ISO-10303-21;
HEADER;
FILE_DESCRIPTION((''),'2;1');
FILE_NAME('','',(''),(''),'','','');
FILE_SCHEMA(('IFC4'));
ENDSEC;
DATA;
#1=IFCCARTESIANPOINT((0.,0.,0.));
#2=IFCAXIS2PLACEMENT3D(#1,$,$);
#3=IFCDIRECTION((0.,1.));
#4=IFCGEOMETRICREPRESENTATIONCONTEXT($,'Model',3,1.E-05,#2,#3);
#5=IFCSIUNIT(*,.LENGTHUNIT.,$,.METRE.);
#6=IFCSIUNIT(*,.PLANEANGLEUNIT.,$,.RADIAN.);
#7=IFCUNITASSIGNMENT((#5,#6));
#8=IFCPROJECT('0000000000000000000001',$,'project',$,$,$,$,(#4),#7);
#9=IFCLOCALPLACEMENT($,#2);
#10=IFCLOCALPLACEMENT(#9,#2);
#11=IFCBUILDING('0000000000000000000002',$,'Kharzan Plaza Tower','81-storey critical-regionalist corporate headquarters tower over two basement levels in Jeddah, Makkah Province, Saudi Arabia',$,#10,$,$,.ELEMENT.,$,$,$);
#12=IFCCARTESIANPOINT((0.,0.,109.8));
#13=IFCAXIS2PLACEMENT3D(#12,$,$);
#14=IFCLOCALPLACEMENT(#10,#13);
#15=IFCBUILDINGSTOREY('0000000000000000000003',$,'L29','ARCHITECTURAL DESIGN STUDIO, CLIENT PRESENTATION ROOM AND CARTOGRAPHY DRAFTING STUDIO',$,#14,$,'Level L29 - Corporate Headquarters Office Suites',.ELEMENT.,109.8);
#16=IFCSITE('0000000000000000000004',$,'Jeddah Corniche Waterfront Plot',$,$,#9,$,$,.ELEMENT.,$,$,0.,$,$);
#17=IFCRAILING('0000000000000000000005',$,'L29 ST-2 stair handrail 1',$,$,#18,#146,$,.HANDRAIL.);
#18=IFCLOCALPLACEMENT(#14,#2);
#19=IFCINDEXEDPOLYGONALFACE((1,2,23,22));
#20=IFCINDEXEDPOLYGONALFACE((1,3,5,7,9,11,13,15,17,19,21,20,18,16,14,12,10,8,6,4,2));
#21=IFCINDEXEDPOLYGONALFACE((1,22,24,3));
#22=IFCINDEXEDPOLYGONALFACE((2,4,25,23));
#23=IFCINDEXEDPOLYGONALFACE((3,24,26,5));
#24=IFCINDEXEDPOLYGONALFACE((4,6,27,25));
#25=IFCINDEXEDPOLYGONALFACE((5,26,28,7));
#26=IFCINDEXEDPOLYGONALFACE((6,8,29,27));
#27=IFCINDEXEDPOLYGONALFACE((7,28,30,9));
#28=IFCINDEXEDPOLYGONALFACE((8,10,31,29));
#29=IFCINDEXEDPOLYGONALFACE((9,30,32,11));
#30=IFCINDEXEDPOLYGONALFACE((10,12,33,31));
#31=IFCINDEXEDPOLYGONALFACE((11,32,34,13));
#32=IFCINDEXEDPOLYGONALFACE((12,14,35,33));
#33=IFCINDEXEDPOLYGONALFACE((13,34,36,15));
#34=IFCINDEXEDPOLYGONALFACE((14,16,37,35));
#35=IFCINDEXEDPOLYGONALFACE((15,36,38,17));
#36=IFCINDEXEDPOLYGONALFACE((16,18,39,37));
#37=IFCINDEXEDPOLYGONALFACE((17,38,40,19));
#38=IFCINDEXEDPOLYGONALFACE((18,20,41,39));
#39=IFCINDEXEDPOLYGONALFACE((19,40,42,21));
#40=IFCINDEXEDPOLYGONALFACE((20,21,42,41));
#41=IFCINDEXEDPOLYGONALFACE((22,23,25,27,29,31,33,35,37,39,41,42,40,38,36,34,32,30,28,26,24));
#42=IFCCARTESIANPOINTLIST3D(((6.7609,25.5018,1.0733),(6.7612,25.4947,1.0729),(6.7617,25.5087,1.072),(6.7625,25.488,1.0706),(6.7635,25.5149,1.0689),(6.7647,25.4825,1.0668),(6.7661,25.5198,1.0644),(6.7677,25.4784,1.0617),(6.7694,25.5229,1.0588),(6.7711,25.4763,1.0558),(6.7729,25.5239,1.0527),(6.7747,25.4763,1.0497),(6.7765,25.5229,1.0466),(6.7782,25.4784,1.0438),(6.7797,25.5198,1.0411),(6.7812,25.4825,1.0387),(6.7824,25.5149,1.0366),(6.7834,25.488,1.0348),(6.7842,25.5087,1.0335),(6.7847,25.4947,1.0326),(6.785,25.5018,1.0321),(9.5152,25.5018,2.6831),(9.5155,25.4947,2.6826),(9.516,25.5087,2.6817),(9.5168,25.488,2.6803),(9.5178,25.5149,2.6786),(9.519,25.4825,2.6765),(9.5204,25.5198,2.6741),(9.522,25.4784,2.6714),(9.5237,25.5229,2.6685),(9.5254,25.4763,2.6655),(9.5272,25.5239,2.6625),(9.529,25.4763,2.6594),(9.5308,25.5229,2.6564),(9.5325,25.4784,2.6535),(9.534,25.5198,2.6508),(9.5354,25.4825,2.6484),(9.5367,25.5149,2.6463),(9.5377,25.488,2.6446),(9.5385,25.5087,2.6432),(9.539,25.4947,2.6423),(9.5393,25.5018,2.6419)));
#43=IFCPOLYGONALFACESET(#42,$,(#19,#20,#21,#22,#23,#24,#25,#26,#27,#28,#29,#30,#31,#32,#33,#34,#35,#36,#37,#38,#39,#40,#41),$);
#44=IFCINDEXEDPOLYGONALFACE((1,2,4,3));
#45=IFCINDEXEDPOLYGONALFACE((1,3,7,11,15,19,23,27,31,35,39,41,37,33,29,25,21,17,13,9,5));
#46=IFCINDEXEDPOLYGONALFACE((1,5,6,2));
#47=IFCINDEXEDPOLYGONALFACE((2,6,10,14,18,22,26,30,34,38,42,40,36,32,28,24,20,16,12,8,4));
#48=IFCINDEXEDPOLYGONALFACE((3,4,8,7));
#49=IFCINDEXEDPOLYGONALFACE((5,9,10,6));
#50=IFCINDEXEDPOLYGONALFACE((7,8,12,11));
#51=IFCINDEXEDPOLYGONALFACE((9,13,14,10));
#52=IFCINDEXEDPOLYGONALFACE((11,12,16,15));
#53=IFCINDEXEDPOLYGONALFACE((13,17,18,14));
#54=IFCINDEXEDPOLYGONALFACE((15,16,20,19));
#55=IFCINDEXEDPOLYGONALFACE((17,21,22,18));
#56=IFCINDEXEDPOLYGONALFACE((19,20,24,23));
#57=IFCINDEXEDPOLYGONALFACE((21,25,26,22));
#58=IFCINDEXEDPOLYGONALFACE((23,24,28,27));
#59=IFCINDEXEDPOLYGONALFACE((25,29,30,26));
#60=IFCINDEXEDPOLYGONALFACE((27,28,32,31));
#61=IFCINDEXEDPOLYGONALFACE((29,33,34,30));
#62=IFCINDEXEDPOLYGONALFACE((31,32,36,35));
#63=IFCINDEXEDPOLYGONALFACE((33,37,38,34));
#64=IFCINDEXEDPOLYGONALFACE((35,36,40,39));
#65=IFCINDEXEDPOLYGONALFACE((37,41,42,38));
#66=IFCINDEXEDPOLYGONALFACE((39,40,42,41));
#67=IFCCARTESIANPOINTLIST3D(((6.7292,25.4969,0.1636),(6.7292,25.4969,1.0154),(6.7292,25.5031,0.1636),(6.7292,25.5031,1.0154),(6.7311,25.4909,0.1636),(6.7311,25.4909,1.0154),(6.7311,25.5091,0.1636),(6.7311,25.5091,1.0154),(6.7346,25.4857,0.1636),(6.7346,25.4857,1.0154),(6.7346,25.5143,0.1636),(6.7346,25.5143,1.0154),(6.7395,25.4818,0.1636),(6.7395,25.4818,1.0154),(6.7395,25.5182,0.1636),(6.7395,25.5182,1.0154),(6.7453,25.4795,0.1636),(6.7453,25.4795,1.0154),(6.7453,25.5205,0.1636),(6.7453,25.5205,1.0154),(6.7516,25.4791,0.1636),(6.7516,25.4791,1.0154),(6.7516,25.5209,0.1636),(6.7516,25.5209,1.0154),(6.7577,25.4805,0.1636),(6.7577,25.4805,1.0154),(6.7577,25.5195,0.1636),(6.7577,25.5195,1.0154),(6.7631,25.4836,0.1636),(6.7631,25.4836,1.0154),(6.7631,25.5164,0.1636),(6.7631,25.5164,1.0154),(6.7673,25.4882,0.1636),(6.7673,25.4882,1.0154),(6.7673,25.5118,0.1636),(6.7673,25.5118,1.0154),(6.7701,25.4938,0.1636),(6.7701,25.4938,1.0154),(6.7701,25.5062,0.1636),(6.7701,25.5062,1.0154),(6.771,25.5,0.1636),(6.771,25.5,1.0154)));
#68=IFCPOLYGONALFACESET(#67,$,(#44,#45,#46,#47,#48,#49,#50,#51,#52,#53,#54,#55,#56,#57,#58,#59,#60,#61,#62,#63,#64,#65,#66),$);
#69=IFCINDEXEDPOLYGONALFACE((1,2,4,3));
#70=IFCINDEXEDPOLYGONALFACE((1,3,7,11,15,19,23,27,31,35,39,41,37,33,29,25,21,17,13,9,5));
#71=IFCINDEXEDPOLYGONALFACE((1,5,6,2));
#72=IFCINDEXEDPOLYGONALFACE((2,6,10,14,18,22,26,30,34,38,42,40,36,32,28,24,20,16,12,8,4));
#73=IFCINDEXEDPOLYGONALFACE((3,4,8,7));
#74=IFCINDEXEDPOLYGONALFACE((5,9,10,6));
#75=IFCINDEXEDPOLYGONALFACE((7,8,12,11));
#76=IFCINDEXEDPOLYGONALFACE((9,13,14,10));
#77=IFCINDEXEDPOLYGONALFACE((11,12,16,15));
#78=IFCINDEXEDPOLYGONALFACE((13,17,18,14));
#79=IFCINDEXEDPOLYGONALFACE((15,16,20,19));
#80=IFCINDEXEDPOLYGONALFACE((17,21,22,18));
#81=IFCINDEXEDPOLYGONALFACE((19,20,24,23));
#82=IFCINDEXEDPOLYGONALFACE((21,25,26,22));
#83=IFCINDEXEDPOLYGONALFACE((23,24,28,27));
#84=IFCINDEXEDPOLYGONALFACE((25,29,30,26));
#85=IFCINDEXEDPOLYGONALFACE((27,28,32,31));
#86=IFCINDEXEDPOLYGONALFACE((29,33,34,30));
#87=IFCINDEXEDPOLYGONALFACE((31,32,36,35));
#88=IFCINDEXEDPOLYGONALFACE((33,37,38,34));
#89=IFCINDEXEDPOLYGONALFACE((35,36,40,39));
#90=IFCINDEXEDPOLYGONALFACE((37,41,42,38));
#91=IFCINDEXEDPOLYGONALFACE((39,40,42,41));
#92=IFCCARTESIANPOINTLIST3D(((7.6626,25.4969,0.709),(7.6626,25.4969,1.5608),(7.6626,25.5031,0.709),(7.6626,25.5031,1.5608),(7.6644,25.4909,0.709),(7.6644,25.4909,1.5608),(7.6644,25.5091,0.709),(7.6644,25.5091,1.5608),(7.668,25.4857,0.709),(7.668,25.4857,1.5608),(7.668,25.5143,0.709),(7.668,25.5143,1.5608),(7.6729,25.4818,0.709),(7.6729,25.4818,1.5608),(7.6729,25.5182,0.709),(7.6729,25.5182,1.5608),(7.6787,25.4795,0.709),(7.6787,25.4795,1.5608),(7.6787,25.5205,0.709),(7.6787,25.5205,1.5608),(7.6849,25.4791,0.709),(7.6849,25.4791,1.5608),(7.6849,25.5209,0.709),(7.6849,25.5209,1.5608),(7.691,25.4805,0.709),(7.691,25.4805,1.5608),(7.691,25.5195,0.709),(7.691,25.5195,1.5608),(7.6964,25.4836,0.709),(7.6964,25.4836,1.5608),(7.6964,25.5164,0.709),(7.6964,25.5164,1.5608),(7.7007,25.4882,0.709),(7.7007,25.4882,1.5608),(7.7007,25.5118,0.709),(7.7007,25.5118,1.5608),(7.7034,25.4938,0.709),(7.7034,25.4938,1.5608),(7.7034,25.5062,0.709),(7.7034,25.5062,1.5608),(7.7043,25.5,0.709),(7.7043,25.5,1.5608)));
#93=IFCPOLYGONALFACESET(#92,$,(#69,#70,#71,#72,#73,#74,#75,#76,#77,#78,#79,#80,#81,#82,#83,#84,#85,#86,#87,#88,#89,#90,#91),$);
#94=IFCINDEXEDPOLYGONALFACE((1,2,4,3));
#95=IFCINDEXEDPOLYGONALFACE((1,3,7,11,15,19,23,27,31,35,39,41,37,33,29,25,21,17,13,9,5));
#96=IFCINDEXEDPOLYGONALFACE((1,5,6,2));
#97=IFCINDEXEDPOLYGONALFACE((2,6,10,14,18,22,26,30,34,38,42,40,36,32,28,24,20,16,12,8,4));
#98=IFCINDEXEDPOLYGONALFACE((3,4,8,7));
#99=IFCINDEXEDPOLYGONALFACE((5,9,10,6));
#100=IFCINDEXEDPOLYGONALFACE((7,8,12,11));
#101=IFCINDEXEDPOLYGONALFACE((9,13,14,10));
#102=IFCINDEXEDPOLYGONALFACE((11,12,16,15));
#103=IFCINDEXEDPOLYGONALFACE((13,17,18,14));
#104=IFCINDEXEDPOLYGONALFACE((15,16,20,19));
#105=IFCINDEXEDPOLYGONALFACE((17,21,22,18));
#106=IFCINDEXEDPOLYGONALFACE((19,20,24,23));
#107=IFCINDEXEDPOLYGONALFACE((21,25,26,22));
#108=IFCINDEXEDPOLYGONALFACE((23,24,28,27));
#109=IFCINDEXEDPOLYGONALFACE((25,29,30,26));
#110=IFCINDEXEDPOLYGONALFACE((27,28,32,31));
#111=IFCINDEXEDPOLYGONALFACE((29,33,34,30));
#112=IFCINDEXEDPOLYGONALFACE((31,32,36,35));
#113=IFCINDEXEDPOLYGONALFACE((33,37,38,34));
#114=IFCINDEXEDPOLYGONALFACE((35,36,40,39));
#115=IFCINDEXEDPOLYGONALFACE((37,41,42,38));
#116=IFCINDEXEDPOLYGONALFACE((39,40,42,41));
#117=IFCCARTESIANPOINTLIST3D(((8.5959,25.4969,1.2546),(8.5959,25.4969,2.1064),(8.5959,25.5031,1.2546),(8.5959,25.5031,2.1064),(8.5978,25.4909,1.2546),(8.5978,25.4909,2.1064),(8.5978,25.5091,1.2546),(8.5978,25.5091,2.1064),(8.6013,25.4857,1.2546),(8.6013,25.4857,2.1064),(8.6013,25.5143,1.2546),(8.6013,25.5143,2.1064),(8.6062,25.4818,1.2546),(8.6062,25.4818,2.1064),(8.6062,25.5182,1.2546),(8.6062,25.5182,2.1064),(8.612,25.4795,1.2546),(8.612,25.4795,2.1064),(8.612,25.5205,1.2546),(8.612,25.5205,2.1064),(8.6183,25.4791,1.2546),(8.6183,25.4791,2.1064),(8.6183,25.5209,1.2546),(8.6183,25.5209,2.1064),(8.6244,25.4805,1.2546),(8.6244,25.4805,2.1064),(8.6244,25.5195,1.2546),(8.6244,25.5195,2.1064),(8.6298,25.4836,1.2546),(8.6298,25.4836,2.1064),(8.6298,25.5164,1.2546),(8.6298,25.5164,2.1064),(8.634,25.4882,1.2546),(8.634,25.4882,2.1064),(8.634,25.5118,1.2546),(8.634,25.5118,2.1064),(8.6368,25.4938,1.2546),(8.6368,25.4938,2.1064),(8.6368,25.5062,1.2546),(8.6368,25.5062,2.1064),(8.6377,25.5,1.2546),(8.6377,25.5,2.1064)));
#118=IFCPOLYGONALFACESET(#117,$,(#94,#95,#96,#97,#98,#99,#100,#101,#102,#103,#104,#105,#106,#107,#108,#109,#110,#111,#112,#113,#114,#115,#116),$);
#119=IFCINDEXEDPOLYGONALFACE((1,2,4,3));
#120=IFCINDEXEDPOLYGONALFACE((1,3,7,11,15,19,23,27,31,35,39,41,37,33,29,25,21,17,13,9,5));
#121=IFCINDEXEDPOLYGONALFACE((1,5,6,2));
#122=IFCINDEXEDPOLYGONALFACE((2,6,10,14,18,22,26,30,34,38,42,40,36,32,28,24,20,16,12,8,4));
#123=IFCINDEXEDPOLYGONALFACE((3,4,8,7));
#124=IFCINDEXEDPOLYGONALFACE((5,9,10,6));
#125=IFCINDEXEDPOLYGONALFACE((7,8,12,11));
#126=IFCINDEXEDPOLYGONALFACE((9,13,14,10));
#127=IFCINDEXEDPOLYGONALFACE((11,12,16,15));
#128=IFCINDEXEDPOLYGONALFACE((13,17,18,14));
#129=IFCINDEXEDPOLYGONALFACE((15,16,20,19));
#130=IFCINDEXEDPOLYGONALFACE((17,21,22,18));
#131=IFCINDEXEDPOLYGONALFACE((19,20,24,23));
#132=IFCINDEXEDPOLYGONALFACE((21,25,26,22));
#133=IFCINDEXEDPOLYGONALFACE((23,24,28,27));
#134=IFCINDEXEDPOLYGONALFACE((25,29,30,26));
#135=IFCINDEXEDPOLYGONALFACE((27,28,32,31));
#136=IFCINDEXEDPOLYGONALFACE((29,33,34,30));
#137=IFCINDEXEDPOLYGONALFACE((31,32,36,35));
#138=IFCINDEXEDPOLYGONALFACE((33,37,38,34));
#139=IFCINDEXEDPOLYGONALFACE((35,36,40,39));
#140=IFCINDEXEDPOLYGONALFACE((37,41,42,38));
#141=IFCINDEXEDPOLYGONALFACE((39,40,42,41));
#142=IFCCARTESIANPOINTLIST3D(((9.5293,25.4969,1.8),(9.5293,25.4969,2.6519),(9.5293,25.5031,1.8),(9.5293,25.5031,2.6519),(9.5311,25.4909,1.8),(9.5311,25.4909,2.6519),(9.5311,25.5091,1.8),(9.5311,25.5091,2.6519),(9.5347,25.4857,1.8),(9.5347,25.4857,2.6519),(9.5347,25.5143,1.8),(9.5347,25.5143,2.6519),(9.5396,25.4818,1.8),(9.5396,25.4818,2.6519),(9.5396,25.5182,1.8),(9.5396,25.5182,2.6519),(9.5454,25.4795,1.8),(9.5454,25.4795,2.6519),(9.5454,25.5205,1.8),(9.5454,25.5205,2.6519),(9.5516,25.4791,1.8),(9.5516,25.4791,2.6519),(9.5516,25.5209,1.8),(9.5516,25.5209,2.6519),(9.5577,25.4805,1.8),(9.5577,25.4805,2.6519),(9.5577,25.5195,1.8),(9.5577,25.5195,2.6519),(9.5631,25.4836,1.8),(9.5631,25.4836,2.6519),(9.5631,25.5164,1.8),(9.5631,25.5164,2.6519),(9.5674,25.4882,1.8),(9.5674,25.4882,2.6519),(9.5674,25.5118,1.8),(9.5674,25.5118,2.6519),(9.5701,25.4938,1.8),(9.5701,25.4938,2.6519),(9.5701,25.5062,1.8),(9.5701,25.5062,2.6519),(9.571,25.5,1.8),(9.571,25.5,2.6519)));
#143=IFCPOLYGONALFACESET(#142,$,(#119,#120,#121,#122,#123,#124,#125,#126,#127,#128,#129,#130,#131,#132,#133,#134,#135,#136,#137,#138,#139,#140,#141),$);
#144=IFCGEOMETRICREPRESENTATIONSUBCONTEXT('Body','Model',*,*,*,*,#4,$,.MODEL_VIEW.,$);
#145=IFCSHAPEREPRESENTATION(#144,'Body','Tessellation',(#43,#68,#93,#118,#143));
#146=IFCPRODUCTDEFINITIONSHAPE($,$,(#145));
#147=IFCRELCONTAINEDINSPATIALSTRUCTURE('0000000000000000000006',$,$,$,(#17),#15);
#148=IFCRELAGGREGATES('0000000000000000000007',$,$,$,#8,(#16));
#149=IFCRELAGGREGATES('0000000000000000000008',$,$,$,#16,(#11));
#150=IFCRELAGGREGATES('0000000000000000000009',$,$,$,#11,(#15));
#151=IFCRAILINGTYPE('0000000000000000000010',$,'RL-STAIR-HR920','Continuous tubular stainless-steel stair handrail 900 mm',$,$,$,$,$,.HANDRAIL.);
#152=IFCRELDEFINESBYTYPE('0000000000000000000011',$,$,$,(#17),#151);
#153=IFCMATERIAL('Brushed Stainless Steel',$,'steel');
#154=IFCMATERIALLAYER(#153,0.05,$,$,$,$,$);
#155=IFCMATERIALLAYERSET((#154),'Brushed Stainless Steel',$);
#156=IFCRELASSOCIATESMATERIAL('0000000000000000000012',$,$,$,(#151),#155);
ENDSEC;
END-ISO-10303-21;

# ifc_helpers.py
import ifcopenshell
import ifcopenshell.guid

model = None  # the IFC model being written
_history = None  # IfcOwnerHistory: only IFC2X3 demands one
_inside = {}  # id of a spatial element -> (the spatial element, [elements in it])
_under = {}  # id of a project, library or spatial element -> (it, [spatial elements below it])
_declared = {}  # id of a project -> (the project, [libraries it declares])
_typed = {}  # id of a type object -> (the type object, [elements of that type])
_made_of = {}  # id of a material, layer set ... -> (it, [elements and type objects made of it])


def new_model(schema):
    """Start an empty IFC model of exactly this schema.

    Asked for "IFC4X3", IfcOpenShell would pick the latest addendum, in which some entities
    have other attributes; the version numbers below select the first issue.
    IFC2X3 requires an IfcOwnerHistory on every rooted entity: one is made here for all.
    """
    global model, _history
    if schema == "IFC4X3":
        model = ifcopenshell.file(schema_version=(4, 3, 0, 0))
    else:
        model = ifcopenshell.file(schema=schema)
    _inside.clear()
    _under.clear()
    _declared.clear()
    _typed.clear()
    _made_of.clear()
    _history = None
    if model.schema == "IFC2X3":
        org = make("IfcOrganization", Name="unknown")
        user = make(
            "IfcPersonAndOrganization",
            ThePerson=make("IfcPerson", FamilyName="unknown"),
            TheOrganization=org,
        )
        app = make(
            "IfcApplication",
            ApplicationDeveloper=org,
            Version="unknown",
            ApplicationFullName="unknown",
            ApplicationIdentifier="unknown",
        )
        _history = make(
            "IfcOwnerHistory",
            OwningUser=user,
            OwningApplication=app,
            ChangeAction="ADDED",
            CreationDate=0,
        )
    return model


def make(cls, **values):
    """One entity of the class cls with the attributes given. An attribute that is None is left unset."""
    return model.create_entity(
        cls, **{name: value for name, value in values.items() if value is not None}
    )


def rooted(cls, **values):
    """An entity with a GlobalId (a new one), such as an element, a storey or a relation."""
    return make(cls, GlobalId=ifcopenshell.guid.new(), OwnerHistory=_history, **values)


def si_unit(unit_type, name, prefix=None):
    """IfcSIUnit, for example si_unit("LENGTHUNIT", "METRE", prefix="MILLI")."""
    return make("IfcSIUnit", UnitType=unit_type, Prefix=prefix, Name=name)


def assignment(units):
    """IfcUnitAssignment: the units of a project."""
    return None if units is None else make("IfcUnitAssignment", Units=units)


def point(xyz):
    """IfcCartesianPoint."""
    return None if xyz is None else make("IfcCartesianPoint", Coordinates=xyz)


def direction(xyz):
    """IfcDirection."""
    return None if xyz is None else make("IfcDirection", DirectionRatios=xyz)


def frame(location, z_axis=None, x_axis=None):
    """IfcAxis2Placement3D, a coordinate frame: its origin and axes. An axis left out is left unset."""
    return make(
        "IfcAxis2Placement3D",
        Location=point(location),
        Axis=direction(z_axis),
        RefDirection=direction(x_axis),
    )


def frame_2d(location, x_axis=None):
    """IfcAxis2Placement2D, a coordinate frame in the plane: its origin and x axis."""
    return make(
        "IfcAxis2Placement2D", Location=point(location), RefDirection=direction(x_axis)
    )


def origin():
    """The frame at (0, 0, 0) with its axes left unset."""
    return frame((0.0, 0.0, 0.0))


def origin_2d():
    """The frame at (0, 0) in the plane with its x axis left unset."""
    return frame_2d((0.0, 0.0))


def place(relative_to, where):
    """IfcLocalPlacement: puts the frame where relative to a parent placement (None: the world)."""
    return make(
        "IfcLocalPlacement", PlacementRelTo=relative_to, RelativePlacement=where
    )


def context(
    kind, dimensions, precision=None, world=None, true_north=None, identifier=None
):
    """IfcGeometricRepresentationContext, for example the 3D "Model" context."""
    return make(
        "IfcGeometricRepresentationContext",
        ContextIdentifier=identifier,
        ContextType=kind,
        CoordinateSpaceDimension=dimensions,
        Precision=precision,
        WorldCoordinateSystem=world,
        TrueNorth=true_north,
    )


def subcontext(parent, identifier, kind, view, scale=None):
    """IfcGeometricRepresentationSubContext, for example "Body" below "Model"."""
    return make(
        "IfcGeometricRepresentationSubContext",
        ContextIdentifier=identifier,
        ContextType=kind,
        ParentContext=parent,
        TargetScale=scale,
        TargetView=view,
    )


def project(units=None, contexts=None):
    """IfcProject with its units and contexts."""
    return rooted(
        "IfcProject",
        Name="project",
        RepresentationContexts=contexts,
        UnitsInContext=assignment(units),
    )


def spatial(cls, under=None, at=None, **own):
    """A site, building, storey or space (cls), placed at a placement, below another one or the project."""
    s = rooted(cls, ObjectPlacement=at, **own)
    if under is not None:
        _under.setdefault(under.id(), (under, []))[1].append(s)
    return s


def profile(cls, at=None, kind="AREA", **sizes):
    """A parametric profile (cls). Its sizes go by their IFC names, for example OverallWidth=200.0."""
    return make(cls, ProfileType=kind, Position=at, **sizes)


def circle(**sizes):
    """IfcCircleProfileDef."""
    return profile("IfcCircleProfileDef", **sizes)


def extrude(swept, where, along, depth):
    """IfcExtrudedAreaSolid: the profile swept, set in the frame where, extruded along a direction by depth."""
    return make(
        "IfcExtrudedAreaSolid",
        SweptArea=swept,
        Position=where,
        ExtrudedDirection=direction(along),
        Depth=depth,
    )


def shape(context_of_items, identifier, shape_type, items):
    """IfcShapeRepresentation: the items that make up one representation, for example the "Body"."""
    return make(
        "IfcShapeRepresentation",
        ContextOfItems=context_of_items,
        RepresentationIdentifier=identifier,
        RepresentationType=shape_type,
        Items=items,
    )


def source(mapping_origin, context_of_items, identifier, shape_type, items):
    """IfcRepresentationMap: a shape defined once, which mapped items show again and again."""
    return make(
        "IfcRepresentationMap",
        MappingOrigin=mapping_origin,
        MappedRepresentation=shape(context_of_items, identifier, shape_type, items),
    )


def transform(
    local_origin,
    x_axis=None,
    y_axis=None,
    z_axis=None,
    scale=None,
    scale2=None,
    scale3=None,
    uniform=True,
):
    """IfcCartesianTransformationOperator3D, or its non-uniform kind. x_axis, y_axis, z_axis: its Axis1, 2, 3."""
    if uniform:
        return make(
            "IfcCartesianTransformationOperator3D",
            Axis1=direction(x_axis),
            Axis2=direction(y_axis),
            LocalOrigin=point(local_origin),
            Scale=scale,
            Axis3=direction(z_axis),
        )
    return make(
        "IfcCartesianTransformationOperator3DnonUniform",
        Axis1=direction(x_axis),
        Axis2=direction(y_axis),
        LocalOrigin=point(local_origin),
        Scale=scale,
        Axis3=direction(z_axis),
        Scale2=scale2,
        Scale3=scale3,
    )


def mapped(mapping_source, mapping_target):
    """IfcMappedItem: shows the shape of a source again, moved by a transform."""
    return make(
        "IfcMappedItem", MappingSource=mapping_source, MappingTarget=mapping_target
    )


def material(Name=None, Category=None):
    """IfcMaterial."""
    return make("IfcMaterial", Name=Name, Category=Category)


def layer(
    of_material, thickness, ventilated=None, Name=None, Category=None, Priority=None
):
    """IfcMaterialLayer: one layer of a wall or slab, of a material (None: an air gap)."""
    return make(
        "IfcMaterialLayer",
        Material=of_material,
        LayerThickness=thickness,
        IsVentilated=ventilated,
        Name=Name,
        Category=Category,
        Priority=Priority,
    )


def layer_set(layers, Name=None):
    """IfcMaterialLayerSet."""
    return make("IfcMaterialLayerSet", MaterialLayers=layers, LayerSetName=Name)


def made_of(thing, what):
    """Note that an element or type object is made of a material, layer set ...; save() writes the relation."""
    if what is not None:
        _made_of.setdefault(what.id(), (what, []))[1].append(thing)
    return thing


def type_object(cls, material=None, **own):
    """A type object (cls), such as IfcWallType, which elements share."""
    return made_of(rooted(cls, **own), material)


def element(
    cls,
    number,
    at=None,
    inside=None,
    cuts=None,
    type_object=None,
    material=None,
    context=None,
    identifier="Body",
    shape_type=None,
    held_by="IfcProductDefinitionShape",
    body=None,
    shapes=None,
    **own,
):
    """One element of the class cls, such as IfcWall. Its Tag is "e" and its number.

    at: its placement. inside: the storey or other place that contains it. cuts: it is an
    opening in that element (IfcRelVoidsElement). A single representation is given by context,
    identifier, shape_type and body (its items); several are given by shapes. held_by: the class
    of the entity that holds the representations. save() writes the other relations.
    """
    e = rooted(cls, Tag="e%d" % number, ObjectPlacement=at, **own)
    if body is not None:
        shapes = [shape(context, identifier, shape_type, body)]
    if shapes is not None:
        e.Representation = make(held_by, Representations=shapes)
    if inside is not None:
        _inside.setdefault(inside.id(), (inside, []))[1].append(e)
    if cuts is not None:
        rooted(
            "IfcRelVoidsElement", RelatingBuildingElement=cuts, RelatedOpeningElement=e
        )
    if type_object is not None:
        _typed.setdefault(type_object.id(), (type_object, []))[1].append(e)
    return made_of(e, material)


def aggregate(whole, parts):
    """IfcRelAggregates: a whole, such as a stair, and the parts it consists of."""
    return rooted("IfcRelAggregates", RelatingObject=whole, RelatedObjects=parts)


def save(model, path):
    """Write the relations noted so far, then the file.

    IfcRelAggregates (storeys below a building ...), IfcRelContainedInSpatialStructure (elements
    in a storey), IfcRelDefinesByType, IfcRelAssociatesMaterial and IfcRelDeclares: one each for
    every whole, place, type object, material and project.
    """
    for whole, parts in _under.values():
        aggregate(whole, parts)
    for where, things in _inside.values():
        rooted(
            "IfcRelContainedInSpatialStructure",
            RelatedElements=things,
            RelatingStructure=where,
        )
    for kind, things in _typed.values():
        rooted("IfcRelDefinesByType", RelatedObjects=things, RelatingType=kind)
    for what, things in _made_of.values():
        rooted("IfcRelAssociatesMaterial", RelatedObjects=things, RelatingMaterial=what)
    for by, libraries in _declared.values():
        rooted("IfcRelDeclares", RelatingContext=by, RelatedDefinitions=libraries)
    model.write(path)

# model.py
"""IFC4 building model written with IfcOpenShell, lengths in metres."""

from ifc_helpers import new_model, si_unit, direction, frame, origin, origin_2d, place, context, subcontext, project, spatial, circle, extrude, source, transform, mapped, material, layer, layer_set, type_object, element, save


model = new_model("IFC4")

# Units and contexts
model_context = context("Model", 3, precision=1e-05, world=origin(), true_north=direction((0.0, 1.0)))
body_context = subcontext(model_context, "Body", "Model", "MODEL_VIEW")
ifc_project = project(units=[si_unit("LENGTHUNIT", "METRE"), si_unit("PLANEANGLEUNIT", "RADIAN")], contexts=[model_context])

# Site, building, storey
site_placement = place(None, origin())
site = spatial("IfcSite", under=ifc_project, at=site_placement, Name="Jeddah Corniche Waterfront Plot", CompositionType="ELEMENT", RefElevation=0.0)
building_placement = place(site_placement, origin())
building = spatial("IfcBuilding", under=site, at=building_placement, Name="Kharzan Plaza Tower", Description="81-storey critical-regionalist corporate headquarters tower over two basement levels in Jeddah, Makkah Province, Saudi Arabia", CompositionType="ELEMENT")
storey_placement = place(building_placement, frame((0.0, 0.0, 109.8)))
storey = spatial("IfcBuildingStorey", under=building, at=storey_placement, Name="L29", Description="ARCHITECTURAL DESIGN STUDIO, CLIENT PRESENTATION ROOM AND CARTOGRAPHY DRAFTING STUDIO", LongName="Level L29 - Corporate Headquarters Office Suites", CompositionType="ELEMENT", Elevation=109.8)

# Shared definitions
ifc_material_1 = material(Name="Brushed Stainless Steel", Category="steel")

# Railing
ifc_layer_1 = layer(ifc_material_1, 0.05)
ifc_layer_set_1 = layer_set([ifc_layer_1], Name="Brushed Stainless Steel")
railing_type_1 = type_object("IfcRailingType", Name="RL-STAIR-HR920", Description="Continuous tubular stainless-steel stair handrail 900 mm", PredefinedType="HANDRAIL", material=ifc_layer_set_1)
shared_shape_1 = source(origin(), body_context, "Body", "SweptSolid", [
    extrude(circle(Radius=0.0239, at=origin_2d()), frame((0.0229, 0.0, 0.8892), z_axis=(0.863361, 0.0, 0.504587), x_axis=(0.0, 1.0, 0.0)), (0.0, 0.0, 1.0), 3.1902),
    extrude(circle(Radius=0.021, at=origin_2d()), origin(), (0.0, 0.0, 1.0), 0.8518),
    extrude(circle(Radius=0.021, at=origin_2d()), frame((0.9333, 0.0, 0.5454)), (0.0, 0.0, 1.0), 0.8518),
    extrude(circle(Radius=0.021, at=origin_2d()), frame((1.8667, 0.0, 1.0911)), (0.0, 0.0, 1.0), 0.8518),
    extrude(circle(Radius=0.021, at=origin_2d()), frame((2.8, 0.0, 1.6365)), (0.0, 0.0, 1.0), 0.8518),
])
railing_1_placement = place(storey_placement, frame((6.75, 25.5, 0.1636)))
element("IfcRailing", 1, at=railing_1_placement, inside=storey, type_object=railing_type_1, Name="L29 ST-2 stair handrail 1", PredefinedType="HANDRAIL", context=body_context, shape_type="MappedRepresentation", body=[
    mapped(shared_shape_1, transform((0.0, 0.0, 0.0), x_axis=(1.0, 0.0, 0.0), y_axis=(0.0, 1.0, 0.0), z_axis=(0.0, 0.0, 1.0))),
])

save(model, "model.ifc")
